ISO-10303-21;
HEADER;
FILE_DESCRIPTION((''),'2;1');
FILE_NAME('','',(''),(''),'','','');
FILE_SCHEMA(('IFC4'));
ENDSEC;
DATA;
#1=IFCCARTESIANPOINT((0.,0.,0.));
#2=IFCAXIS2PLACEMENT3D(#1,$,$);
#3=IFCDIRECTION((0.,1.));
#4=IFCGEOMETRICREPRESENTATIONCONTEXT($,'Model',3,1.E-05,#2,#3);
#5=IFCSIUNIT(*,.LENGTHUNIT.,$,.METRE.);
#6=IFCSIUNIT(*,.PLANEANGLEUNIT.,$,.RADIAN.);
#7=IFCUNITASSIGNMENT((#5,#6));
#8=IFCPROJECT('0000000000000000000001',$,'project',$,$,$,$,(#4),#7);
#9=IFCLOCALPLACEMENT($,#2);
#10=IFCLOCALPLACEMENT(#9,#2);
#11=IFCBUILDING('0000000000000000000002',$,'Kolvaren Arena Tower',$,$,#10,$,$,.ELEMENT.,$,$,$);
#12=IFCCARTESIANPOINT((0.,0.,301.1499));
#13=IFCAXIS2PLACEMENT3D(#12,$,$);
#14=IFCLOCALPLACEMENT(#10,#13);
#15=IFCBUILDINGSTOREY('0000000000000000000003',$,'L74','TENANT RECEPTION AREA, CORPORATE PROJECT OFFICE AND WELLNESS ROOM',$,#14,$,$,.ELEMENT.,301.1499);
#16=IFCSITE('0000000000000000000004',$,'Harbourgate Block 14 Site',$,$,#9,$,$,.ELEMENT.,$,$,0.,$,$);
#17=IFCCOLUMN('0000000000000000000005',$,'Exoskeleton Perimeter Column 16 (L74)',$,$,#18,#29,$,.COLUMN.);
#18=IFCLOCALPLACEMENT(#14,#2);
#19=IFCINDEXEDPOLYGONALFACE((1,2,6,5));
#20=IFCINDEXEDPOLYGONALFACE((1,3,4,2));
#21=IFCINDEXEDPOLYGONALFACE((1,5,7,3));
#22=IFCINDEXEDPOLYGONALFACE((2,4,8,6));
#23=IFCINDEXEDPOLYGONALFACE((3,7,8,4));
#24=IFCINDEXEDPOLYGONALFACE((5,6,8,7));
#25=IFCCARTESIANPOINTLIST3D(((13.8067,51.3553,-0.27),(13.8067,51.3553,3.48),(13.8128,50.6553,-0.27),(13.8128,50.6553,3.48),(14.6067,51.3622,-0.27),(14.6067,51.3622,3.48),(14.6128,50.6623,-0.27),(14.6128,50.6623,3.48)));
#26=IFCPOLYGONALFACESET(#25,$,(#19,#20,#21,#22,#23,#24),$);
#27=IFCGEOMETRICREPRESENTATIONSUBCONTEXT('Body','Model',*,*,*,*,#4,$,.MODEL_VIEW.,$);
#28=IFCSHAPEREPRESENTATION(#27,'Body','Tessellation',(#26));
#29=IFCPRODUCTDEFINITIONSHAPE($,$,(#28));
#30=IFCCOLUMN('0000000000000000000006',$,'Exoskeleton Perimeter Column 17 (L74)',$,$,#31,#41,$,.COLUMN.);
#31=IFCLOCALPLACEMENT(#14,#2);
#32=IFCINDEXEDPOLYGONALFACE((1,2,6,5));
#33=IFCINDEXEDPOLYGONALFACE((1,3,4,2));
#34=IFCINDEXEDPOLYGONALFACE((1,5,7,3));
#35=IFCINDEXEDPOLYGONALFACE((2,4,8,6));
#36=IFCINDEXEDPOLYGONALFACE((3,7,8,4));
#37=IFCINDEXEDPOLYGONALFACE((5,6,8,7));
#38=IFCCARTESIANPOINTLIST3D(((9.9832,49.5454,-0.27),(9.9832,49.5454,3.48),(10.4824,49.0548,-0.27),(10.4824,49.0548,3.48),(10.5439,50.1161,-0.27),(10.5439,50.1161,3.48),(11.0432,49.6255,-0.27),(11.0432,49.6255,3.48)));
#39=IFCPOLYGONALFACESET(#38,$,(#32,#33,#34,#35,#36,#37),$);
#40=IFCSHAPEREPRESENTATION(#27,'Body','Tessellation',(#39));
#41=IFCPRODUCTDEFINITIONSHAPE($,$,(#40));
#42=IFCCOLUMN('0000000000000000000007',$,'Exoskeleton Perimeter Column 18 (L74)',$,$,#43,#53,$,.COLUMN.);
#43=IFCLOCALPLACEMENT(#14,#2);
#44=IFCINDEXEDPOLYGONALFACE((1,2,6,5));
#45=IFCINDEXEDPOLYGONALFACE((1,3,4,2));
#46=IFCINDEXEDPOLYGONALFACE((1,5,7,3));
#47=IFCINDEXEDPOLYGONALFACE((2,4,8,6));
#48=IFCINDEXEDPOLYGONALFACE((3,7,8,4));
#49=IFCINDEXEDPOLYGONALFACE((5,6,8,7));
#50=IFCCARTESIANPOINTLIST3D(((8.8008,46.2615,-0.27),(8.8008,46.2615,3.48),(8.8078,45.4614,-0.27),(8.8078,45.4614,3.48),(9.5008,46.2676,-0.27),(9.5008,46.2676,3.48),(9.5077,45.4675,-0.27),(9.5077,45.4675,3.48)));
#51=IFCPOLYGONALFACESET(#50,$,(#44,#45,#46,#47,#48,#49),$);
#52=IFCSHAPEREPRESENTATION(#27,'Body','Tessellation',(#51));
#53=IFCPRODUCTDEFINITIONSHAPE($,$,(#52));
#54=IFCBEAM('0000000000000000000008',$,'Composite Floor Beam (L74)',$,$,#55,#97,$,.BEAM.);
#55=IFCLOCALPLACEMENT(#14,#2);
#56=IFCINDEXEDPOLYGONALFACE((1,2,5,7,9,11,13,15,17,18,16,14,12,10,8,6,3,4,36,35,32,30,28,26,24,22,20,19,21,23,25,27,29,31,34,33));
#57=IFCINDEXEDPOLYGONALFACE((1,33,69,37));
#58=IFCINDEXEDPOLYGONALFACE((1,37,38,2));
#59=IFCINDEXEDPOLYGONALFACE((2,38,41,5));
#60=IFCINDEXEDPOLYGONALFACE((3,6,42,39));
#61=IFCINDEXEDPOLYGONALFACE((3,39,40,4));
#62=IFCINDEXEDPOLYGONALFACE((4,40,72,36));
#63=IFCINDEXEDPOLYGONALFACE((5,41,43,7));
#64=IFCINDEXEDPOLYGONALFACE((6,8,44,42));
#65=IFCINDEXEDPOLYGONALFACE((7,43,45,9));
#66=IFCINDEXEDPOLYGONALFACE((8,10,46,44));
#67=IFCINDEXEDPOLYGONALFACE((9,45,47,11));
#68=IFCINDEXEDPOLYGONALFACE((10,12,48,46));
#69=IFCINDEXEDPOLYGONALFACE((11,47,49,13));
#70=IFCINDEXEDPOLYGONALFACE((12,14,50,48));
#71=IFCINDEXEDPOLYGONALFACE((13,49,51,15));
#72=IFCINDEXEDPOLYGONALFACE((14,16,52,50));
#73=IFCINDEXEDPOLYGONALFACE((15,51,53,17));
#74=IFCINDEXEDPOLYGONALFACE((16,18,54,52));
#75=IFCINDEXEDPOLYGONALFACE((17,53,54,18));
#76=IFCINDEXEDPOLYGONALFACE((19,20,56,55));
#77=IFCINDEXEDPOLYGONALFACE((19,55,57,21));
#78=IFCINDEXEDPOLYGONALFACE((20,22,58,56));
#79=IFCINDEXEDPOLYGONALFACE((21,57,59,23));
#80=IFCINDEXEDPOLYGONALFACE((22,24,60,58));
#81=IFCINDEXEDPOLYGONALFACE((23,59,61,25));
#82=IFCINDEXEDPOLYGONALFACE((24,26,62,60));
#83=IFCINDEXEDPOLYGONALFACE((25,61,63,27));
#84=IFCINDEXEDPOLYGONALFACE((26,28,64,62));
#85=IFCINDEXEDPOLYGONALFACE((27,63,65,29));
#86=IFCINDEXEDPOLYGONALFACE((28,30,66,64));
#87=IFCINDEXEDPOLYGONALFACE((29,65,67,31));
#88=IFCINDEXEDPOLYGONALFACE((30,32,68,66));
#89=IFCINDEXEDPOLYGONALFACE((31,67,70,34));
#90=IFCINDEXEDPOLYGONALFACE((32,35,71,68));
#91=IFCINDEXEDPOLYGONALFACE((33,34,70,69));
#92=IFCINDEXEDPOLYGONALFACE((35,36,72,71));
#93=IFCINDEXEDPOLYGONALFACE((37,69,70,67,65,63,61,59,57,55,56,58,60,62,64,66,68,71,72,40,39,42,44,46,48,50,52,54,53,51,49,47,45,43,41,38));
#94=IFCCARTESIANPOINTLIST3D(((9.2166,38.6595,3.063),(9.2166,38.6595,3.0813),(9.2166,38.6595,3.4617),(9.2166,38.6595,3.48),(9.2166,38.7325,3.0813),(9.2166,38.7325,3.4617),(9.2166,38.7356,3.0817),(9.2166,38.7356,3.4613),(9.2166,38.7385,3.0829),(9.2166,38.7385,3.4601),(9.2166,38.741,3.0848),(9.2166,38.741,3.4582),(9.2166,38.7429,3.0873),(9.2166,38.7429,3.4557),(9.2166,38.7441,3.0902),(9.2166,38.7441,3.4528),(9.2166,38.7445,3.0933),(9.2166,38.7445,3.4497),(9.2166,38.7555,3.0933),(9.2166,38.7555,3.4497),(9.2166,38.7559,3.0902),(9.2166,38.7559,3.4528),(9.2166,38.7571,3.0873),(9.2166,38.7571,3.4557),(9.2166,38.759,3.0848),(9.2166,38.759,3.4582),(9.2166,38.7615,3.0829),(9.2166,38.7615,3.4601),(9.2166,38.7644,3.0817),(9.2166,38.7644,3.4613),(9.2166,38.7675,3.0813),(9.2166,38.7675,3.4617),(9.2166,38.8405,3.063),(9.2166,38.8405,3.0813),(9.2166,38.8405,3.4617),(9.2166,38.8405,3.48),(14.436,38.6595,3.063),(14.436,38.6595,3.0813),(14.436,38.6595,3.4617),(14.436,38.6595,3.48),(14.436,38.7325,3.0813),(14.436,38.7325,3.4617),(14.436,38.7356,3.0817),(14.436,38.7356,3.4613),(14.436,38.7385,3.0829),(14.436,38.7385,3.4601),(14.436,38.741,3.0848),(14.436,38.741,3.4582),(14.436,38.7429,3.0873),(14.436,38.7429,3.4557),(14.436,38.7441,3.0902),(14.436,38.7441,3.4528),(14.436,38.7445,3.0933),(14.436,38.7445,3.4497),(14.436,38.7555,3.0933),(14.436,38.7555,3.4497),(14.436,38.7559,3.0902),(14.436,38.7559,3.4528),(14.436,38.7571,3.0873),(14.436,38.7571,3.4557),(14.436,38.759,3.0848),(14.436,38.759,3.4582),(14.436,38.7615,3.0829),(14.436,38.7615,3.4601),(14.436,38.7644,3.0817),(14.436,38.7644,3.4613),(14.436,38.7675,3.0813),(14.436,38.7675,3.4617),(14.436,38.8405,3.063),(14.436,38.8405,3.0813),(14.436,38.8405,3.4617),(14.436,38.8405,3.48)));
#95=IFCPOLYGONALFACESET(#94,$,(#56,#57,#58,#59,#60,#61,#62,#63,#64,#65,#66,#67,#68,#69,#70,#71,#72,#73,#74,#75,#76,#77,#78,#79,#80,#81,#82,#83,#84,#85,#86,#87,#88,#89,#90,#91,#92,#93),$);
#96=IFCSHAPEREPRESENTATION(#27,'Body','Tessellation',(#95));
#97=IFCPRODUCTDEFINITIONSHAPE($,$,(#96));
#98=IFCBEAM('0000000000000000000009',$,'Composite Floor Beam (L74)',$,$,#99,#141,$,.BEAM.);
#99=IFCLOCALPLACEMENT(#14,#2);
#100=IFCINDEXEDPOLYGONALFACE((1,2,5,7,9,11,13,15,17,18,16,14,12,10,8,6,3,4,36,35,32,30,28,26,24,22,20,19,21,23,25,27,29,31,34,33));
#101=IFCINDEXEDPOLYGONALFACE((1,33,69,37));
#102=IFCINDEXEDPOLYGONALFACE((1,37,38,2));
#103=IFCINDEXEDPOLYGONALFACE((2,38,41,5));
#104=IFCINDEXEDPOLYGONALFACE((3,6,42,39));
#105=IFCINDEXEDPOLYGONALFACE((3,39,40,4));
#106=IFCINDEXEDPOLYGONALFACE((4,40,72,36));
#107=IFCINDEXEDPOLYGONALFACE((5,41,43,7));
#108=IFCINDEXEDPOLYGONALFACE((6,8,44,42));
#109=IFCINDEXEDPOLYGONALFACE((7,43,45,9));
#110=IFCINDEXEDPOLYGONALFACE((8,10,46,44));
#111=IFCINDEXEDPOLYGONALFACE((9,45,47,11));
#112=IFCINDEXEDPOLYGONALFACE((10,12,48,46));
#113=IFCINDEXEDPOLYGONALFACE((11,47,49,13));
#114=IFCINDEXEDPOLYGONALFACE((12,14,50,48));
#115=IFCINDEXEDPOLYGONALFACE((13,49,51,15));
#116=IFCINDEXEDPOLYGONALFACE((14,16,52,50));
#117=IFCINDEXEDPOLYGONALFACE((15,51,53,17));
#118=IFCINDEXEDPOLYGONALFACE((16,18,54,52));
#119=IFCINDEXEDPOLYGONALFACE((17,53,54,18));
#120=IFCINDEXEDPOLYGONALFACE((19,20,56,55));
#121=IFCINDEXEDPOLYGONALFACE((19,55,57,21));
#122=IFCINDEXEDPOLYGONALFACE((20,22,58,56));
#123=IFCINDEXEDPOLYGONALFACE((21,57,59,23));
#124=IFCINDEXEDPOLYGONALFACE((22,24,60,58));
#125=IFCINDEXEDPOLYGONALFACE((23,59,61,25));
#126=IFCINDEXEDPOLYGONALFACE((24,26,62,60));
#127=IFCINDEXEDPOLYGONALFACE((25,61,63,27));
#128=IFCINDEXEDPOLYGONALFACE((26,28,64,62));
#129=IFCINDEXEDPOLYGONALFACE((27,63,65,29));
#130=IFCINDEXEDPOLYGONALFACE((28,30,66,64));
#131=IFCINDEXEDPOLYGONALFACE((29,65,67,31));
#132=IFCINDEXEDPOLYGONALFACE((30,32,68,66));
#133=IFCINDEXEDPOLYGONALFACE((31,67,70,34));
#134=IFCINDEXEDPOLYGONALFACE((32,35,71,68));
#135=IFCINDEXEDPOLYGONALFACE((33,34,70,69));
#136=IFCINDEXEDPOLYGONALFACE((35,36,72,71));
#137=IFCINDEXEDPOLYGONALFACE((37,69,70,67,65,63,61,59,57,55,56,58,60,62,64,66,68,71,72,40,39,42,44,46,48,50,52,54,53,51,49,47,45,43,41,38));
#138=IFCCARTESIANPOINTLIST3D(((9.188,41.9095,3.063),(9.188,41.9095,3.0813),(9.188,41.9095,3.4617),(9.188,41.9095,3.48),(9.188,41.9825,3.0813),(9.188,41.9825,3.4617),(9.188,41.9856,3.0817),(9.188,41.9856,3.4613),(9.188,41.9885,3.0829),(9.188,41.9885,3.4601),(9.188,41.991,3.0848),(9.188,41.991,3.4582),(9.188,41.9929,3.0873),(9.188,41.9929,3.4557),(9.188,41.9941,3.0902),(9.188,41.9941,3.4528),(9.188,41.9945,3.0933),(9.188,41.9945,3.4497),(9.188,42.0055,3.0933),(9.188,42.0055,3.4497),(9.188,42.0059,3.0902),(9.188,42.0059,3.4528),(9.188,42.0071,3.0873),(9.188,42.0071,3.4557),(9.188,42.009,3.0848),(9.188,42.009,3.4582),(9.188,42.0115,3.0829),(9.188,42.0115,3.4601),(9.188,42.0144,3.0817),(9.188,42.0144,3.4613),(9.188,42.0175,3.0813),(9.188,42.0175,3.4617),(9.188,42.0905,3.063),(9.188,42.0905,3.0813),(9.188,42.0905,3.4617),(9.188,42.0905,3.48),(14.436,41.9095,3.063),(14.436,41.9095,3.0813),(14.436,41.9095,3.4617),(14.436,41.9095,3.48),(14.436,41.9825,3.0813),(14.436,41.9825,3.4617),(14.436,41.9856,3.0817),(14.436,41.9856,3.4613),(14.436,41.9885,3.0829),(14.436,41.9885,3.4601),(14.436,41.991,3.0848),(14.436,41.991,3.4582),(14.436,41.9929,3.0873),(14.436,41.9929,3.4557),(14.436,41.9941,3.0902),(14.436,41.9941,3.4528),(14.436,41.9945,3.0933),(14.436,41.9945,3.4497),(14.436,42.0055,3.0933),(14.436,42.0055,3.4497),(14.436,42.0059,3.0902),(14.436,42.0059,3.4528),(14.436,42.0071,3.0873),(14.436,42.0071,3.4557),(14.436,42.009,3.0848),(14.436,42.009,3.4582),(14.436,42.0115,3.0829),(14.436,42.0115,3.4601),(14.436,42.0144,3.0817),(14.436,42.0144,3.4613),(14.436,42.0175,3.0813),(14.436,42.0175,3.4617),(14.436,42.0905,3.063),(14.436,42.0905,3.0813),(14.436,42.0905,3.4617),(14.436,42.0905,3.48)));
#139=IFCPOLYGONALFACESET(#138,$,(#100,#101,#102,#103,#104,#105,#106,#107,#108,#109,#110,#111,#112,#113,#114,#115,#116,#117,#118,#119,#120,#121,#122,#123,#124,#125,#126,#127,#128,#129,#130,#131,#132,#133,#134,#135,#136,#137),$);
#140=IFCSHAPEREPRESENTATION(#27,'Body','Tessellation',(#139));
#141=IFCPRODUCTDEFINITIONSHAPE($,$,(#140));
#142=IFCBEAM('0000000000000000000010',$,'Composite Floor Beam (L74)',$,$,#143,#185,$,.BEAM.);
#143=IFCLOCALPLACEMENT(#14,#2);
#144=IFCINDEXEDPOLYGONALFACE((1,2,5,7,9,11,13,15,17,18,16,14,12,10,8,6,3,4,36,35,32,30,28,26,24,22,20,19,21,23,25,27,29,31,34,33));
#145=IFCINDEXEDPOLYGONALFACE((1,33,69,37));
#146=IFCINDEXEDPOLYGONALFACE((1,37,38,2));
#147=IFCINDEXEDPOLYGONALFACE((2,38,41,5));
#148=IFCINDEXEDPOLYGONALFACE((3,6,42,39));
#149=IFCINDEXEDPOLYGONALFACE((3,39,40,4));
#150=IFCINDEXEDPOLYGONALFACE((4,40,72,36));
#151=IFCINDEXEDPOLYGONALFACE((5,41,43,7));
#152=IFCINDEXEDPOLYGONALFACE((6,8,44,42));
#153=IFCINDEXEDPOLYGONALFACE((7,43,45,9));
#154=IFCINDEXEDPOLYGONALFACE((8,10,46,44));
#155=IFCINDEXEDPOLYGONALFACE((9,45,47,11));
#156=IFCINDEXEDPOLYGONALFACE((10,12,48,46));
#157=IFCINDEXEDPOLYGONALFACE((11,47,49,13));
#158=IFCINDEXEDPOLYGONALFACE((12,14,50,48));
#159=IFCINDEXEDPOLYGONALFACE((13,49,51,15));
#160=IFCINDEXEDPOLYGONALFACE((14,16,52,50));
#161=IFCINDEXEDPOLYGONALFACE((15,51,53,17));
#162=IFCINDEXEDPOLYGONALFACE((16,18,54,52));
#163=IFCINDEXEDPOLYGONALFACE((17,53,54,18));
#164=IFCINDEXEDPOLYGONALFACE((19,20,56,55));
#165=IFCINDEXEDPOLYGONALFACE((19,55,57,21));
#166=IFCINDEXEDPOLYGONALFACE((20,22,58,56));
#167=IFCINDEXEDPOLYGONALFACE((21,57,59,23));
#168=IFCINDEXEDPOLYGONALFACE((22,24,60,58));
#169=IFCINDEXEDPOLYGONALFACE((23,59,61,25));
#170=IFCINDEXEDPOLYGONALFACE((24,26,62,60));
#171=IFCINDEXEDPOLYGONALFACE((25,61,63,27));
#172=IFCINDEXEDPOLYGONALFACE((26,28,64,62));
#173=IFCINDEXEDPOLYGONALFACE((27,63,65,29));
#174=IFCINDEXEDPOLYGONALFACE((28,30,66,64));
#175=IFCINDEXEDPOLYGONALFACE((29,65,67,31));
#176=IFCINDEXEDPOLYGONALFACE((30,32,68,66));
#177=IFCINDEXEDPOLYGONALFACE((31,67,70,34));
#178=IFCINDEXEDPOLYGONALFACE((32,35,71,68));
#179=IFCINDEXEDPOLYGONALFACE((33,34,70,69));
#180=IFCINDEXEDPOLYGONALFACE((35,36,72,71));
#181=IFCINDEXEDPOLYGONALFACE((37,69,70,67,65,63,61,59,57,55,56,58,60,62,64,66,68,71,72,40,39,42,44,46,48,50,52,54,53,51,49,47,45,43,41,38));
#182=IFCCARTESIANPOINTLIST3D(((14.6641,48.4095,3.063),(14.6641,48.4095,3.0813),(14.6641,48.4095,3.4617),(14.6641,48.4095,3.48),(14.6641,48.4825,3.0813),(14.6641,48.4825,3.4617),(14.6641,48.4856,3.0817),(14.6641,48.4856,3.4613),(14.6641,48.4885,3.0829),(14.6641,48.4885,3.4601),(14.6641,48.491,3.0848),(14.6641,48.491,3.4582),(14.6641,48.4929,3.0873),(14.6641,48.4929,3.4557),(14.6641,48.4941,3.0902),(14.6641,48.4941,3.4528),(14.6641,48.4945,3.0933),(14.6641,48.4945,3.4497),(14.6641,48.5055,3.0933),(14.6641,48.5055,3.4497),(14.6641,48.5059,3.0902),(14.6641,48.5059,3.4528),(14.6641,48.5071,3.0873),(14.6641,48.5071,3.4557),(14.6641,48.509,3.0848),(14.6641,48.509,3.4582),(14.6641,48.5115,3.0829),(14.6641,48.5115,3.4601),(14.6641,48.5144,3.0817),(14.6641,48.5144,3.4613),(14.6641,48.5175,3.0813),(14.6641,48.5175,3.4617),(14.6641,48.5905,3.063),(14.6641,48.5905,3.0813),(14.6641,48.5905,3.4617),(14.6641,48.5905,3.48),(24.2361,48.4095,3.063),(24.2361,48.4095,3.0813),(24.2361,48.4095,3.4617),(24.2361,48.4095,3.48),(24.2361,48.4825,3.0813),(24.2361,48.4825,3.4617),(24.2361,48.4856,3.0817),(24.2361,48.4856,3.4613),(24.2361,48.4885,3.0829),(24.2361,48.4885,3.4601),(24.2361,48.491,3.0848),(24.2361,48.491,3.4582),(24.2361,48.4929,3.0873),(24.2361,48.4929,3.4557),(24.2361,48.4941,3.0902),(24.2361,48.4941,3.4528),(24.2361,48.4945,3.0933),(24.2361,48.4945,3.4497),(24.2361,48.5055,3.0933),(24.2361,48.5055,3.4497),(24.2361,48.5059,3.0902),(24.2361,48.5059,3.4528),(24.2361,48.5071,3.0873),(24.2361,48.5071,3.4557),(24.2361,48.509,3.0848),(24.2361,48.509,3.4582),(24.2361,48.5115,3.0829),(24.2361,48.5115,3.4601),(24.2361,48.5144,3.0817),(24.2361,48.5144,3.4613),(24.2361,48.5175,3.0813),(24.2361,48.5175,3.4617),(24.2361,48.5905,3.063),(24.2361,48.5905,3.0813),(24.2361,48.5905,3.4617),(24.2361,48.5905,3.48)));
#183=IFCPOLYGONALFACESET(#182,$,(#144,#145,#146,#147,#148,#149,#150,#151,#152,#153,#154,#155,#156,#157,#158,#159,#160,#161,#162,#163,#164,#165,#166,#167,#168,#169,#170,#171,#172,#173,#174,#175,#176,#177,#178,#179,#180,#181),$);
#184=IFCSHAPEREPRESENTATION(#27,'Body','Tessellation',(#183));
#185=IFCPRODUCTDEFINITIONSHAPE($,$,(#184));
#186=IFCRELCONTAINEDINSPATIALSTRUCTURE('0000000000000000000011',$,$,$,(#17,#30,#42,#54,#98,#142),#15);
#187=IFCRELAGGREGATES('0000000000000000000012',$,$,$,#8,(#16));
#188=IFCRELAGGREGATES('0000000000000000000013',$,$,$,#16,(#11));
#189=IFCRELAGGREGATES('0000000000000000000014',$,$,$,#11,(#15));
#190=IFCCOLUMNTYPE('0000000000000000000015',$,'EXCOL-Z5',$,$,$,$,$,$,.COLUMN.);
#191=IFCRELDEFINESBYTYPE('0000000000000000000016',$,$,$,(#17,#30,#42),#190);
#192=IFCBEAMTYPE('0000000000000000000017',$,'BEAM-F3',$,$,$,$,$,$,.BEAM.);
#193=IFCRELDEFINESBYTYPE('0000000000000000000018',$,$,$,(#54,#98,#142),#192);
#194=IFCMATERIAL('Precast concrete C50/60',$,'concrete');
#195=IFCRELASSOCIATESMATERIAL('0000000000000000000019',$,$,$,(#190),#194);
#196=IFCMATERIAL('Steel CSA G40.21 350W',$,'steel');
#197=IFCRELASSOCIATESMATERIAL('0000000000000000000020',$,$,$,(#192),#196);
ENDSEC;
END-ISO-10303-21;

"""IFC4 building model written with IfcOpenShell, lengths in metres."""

from ifc_helpers import new_model, si_unit, direction, frame, origin, origin_2d, place, context, subcontext, project, spatial, rectangle, i_section, extrude, material, material_profile, profile_set, type_object, element, save


model = new_model("IFC4")

# Units and contexts
model_context = context("Model", 3, precision=1e-05, world=origin(), true_north=direction((0.0, 1.0)))
body_context = subcontext(model_context, "Body", "Model", "MODEL_VIEW")
ifc_project = project(units=[si_unit("LENGTHUNIT", "METRE"), si_unit("PLANEANGLEUNIT", "RADIAN")], contexts=[model_context])

# Site, building, storey
site_placement = place(None, origin())
site = spatial("IfcSite", under=ifc_project, at=site_placement, Name="Harbourgate Block 14 Site", CompositionType="ELEMENT", RefElevation=0.0)
building_placement = place(site_placement, origin())
building = spatial("IfcBuilding", under=site, at=building_placement, Name="Kolvaren Arena Tower", CompositionType="ELEMENT")
storey_placement = place(building_placement, frame((0.0, 0.0, 301.1499)))
storey = spatial("IfcBuildingStorey", under=building, at=storey_placement, Name="L74", Description="TENANT RECEPTION AREA, CORPORATE PROJECT OFFICE AND WELLNESS ROOM", CompositionType="ELEMENT", Elevation=301.1499)

# Columns
ifc_material_1 = material(Name="Precast concrete C50/60", Category="concrete")
ifc_material_profile_1 = material_profile(ifc_material_1, rectangle(XDim=0.8, YDim=0.7, at=origin_2d()), Name="RC-800x700")
ifc_profile_set_1 = profile_set([ifc_material_profile_1], Name="Precast concrete C50/60")
column_type = type_object("IfcColumnType", Name="EXCOL-Z5", PredefinedType="COLUMN", material=ifc_profile_set_1)
for number, where, z_axis, x_axis, name in (
    (1, (14.2097, 51.0088, -0.27), (0.0, 0.0, 1.0), (0.999962, 0.008727, 0.0), "Exoskeleton Perimeter Column 16 (L74)"),
    (2, (10.5132, 49.5854, -0.27), (0.0, 0.0, 1.0), (0.700909, 0.71325, 0.0), "Exoskeleton Perimeter Column 17 (L74)"),
    (3, (9.1543, 45.8645, -0.27), (0.0, 0.0, 1.0), (-0.008727, 0.999962, 0.0), "Exoskeleton Perimeter Column 18 (L74)"),
):
    element("IfcColumn", number, at=place(storey_placement, frame(where, z_axis=z_axis, x_axis=x_axis)), inside=storey, type_object=column_type, Name=name, PredefinedType="COLUMN", context=body_context, shape_type="SweptSolid", body=[
        extrude(rectangle(XDim=0.8, YDim=0.7, at=origin_2d()), origin(), (0.0, 0.0, 1.0), 3.75),
    ])

# Beams
ifc_material_2 = material(Name="Steel CSA G40.21 350W", Category="steel")
ifc_material_profile_2 = material_profile(ifc_material_2, i_section(OverallWidth=0.1809, OverallDepth=0.417, WebThickness=0.011, FlangeThickness=0.0183, FilletRadius=0.012, at=origin_2d()), Name="W410x85")
ifc_profile_set_2 = profile_set([ifc_material_profile_2], Name="Steel CSA G40.21 350W")
beam_type_1 = type_object("IfcBeamType", Name="BEAM-F3", PredefinedType="BEAM", material=ifc_profile_set_2)
beam_1_placement = place(storey_placement, frame((9.2166, 38.75, 3.2715), z_axis=(1.0, 0.0, 0.0), x_axis=(0.0, 1.0, 0.0)))
element("IfcBeam", 4, at=beam_1_placement, inside=storey, type_object=beam_type_1, Name="Composite Floor Beam (L74)", PredefinedType="BEAM", context=body_context, shape_type="SweptSolid", body=[
    extrude(i_section(OverallWidth=0.1809, OverallDepth=0.417, WebThickness=0.011, FlangeThickness=0.0183, FilletRadius=0.012, at=origin_2d()), origin(), (0.0, 0.0, 1.0), 5.2195),
])
beam_2_placement = place(storey_placement, frame((9.188, 42.0, 3.2715), z_axis=(1.0, 0.0, 0.0), x_axis=(0.0, 1.0, 0.0)))
element("IfcBeam", 5, at=beam_2_placement, inside=storey, type_object=beam_type_1, Name="Composite Floor Beam (L74)", PredefinedType="BEAM", context=body_context, shape_type="SweptSolid", body=[
    extrude(i_section(OverallWidth=0.1809, OverallDepth=0.417, WebThickness=0.011, FlangeThickness=0.0183, FilletRadius=0.012, at=origin_2d()), origin(), (0.0, 0.0, 1.0), 5.248),
])
beam_3_placement = place(storey_placement, frame((14.6641, 48.5, 3.2715), z_axis=(1.0, 0.0, 0.0), x_axis=(0.0, 1.0, 0.0)))
element("IfcBeam", 6, at=beam_3_placement, inside=storey, type_object=beam_type_1, Name="Composite Floor Beam (L74)", PredefinedType="BEAM", context=body_context, shape_type="SweptSolid", body=[
    extrude(i_section(OverallWidth=0.1809, OverallDepth=0.417, WebThickness=0.011, FlangeThickness=0.0183, FilletRadius=0.012, at=origin_2d()), origin(), (0.0, 0.0, 1.0), 9.572),
])

save(model, "model.ifc")
